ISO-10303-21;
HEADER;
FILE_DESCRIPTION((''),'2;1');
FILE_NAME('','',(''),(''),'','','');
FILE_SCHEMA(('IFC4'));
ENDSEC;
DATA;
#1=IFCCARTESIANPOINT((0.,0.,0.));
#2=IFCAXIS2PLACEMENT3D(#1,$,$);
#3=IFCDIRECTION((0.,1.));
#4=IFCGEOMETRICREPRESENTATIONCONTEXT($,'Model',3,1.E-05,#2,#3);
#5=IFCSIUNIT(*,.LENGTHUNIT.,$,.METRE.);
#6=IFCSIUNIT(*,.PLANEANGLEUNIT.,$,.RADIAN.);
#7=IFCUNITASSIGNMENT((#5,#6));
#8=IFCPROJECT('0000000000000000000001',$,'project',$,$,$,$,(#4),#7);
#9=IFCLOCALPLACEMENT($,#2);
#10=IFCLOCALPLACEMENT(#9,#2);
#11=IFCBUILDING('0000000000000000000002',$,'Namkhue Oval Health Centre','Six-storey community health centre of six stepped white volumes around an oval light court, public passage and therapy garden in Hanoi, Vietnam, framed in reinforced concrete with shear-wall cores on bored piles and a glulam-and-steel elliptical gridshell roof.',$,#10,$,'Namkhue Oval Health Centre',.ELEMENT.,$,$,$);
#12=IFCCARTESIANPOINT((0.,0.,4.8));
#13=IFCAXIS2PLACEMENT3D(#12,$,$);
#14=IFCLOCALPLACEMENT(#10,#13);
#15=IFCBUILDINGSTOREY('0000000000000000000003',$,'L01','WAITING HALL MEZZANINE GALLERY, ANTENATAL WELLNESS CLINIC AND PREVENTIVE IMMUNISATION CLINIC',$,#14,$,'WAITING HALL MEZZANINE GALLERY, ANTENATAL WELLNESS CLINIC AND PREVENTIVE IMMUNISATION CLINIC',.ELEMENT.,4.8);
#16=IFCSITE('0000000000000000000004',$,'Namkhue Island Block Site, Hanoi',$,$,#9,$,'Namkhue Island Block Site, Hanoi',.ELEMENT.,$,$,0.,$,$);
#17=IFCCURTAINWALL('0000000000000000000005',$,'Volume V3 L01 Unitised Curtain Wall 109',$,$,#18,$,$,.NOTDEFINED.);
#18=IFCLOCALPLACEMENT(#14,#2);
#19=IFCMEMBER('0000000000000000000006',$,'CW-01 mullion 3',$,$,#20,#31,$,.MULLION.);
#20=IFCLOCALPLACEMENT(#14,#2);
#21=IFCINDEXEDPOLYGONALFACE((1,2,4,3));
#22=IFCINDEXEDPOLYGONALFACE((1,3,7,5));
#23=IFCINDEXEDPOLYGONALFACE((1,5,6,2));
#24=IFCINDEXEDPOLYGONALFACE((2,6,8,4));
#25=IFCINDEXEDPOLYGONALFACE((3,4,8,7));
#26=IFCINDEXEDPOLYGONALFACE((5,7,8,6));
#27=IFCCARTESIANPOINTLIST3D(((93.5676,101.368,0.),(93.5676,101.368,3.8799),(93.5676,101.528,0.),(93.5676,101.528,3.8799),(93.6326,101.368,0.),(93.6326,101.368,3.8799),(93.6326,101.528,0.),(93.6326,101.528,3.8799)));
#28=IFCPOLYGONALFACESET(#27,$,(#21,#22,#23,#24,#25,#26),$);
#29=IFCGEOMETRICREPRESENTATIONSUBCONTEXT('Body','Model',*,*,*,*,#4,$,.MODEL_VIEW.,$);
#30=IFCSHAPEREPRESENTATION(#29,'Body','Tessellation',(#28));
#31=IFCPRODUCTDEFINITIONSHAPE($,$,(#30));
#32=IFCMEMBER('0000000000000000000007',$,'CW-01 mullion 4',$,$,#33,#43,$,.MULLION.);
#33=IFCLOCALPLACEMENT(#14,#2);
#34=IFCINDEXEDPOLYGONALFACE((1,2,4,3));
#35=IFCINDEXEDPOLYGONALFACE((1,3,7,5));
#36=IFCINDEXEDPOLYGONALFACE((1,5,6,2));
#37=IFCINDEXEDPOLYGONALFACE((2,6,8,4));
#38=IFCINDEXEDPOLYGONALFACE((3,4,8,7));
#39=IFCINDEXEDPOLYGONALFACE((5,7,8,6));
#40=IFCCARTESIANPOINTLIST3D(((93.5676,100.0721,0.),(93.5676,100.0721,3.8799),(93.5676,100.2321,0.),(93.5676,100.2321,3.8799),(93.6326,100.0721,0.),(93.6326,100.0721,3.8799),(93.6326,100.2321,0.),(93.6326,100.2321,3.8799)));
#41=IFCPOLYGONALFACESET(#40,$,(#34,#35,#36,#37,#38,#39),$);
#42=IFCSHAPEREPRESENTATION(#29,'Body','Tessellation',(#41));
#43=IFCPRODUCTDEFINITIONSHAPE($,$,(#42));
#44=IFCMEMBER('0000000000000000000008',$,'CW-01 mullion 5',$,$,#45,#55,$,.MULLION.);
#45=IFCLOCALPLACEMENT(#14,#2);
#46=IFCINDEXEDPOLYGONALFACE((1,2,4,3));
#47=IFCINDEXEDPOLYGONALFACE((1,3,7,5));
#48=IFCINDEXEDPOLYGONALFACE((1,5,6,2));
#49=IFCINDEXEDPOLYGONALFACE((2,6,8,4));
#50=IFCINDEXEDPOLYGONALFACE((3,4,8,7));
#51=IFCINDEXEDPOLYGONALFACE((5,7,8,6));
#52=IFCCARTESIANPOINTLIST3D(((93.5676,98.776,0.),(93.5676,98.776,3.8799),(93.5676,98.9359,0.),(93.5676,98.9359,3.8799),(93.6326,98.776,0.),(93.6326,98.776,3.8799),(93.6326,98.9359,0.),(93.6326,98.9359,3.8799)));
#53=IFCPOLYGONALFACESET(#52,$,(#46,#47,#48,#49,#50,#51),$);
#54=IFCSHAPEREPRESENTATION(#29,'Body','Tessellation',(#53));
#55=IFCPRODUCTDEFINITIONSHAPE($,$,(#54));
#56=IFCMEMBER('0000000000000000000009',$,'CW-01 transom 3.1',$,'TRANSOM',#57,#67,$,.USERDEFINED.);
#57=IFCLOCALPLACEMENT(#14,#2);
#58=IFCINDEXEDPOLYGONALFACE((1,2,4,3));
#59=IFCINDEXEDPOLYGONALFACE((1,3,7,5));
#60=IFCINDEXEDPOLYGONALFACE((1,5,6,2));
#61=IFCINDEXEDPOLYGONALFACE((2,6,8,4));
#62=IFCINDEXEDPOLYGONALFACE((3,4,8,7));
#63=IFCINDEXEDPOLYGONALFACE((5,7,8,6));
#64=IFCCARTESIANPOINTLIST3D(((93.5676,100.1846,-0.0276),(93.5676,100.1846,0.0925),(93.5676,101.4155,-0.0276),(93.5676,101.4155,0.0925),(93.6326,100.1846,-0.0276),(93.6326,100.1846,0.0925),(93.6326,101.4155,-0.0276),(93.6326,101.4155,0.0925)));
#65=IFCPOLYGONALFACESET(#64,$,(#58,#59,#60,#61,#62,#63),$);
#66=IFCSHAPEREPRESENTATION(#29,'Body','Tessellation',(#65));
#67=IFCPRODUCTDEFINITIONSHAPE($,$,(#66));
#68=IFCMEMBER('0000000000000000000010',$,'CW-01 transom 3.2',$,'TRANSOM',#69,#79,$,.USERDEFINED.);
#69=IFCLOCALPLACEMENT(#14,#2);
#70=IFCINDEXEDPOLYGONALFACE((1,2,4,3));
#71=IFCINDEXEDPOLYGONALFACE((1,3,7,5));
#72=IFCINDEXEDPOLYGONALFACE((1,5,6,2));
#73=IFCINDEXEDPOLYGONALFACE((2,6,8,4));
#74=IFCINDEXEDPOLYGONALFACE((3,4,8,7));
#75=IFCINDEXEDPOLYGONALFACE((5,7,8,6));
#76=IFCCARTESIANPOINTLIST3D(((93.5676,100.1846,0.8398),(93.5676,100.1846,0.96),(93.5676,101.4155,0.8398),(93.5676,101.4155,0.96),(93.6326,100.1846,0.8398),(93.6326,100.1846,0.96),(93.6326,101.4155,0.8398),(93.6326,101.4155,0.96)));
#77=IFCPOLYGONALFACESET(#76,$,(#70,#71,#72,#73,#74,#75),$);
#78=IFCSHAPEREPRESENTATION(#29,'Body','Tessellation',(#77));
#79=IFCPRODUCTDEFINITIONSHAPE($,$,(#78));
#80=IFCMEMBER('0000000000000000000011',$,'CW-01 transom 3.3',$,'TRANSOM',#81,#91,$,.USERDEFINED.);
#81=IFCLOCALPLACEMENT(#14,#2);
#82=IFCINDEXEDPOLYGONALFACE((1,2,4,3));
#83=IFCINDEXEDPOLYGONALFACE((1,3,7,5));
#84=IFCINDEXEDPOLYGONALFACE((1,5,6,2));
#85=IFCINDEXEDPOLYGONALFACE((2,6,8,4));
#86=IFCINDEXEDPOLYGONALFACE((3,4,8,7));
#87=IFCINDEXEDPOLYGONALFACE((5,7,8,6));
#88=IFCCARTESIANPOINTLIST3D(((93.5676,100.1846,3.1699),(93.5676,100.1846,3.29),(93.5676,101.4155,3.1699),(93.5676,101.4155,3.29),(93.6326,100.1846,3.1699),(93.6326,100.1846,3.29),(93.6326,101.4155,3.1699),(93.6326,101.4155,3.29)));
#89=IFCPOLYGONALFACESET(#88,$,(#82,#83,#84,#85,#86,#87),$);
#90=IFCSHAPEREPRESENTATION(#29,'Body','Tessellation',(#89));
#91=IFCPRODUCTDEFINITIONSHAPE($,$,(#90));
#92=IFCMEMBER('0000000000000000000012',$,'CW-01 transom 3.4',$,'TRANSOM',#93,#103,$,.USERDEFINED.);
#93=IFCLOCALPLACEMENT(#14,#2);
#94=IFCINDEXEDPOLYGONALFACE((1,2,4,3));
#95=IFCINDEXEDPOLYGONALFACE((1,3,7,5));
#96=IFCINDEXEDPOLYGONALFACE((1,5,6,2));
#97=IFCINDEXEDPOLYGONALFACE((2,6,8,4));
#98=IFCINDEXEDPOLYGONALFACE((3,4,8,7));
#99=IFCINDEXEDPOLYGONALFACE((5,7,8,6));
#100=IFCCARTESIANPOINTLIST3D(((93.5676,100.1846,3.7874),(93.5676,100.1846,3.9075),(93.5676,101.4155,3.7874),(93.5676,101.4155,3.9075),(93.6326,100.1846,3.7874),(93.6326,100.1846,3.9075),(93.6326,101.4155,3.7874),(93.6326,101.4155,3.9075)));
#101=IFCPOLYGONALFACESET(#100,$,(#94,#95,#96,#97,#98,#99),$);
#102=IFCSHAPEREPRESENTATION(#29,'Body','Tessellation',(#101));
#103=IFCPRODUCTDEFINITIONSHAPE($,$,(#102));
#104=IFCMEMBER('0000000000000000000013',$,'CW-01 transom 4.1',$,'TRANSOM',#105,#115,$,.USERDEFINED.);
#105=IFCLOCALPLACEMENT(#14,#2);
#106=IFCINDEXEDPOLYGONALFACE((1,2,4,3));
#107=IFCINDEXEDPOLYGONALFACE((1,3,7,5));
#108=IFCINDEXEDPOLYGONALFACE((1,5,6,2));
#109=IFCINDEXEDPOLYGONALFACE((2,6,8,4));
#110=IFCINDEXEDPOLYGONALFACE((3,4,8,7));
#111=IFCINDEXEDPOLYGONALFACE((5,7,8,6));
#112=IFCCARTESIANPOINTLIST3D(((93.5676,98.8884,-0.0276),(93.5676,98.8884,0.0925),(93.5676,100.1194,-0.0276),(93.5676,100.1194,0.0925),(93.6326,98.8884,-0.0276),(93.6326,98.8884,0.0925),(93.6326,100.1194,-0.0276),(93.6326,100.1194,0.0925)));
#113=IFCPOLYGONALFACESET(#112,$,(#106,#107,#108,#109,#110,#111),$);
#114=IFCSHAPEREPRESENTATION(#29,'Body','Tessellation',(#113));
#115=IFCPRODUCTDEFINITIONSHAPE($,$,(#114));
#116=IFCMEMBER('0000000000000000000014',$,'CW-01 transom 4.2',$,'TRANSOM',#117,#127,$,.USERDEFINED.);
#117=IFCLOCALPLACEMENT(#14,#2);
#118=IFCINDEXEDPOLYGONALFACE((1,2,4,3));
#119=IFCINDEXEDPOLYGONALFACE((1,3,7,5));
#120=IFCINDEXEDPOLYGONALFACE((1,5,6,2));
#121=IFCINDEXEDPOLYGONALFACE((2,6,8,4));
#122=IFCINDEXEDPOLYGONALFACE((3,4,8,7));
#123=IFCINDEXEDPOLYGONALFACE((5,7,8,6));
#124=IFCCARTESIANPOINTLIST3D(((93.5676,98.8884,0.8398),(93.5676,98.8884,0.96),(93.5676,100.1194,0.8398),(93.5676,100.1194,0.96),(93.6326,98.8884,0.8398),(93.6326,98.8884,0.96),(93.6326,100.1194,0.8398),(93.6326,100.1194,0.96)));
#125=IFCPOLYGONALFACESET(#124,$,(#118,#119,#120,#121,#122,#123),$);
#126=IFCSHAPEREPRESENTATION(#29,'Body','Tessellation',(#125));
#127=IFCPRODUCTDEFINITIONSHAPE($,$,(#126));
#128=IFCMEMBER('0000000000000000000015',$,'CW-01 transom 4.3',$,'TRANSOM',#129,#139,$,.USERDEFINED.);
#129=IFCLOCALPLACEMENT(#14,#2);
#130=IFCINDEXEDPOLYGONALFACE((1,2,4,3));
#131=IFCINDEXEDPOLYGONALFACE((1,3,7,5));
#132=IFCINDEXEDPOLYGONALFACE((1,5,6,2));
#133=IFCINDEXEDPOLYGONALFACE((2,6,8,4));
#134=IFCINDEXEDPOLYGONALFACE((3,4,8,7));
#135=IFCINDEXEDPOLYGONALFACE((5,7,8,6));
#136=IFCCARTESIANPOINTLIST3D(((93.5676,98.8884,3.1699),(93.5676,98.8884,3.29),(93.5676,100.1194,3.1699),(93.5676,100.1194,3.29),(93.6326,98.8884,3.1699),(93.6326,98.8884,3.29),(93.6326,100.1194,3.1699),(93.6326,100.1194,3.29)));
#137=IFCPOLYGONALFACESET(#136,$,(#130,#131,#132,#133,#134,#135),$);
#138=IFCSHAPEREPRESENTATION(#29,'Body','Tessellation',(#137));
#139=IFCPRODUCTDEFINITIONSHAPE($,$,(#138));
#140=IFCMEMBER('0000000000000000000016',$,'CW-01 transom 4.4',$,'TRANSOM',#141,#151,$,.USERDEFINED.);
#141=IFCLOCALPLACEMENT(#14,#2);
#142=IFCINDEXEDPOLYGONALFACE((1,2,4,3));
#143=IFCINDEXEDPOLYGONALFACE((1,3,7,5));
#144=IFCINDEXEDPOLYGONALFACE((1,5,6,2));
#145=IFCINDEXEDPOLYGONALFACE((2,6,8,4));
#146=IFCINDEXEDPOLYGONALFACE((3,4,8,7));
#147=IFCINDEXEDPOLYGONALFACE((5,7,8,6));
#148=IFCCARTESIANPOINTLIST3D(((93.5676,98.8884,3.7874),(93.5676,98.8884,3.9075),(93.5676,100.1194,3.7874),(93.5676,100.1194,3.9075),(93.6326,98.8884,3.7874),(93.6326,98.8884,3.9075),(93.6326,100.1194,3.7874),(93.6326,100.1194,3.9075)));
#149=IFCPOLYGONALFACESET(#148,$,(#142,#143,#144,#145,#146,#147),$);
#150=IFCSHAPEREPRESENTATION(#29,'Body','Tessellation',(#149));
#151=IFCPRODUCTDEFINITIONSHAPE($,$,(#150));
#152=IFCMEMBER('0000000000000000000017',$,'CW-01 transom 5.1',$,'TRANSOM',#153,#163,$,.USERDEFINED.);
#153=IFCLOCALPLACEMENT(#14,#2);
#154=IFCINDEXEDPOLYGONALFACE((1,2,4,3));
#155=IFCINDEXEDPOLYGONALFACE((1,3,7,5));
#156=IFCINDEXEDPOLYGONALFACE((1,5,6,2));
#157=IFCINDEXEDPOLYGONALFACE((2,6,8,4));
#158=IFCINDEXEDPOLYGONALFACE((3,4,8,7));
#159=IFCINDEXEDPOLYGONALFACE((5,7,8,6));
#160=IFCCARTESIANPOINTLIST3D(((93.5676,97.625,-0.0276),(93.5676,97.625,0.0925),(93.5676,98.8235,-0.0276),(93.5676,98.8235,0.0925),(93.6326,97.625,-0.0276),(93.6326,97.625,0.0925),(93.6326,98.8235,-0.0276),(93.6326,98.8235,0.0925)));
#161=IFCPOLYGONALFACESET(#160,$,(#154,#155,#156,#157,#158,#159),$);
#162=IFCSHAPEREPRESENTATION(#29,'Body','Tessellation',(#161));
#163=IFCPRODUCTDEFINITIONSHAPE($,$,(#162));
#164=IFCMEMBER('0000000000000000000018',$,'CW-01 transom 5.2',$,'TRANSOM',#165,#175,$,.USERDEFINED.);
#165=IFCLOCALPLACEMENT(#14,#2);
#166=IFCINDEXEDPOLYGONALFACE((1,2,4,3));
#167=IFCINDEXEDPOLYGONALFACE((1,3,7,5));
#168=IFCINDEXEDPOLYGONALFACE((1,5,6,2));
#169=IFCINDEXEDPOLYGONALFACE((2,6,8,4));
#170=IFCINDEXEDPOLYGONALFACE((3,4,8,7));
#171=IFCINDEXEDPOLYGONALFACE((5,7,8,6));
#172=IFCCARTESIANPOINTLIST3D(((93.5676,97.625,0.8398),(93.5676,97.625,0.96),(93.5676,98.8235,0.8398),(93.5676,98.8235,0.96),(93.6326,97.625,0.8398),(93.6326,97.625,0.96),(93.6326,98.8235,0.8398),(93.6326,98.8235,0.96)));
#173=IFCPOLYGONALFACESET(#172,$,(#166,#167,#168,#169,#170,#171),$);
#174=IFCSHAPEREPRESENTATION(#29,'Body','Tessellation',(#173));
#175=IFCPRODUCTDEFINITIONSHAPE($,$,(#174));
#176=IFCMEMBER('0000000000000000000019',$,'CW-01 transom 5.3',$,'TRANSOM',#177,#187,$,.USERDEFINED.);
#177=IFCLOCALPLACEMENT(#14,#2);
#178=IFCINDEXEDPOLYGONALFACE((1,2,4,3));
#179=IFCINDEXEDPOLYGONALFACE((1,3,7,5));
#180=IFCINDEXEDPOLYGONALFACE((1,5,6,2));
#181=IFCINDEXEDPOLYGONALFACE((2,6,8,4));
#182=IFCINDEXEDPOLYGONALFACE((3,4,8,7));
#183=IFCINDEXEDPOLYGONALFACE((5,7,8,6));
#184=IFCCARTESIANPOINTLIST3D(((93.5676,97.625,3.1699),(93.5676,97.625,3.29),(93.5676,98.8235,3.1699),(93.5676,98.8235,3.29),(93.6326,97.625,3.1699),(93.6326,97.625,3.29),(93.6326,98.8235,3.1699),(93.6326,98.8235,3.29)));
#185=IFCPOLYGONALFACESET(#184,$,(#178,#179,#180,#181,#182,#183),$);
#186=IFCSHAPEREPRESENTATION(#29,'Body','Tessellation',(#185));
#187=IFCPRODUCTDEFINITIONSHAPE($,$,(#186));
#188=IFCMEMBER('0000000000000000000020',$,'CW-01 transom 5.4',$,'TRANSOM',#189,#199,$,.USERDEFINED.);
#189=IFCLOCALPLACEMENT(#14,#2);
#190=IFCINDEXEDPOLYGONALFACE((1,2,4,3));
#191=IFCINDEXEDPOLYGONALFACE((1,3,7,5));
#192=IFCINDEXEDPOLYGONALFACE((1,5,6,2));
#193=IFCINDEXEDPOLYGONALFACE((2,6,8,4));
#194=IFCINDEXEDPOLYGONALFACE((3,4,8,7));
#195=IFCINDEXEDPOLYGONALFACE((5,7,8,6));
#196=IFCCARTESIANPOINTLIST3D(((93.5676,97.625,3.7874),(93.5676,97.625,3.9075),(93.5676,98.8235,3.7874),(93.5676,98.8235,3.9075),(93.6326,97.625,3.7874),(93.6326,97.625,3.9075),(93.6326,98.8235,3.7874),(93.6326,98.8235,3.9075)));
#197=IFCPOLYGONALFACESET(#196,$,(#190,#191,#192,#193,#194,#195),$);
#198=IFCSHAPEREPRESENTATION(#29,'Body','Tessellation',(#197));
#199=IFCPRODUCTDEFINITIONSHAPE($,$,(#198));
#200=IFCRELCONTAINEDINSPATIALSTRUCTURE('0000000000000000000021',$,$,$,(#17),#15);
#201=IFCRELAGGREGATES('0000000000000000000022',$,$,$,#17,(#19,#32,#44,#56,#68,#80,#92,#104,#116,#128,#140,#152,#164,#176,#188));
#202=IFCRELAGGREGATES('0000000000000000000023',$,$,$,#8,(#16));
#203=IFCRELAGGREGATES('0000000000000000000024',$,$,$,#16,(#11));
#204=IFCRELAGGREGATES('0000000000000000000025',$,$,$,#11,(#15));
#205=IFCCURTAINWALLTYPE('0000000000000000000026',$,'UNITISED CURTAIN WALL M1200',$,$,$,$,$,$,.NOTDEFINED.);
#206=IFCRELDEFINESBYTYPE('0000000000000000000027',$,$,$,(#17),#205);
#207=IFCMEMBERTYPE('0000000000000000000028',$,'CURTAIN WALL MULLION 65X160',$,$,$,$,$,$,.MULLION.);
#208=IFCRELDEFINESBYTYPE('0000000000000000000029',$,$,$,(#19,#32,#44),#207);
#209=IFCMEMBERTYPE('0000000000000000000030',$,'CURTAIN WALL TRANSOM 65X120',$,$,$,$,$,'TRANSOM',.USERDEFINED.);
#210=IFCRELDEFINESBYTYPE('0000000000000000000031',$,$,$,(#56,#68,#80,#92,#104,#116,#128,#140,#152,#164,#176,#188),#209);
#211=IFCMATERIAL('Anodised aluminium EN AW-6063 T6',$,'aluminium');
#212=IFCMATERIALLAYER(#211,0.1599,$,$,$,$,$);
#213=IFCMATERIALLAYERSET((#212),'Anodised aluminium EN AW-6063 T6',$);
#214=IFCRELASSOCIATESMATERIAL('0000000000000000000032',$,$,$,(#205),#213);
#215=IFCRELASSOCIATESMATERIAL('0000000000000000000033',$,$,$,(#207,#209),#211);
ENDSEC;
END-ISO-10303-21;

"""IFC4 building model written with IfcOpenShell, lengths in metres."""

from ifc_helpers import new_model, si_unit, direction, frame, origin, origin_2d, place, context, subcontext, project, spatial, rectangle, extrude, material, layer, layer_set, material_profile, profile_set, type_object, element, aggregate, save


model = new_model("IFC4")

# Units and contexts
model_context = context("Model", 3, precision=1e-05, world=origin(), true_north=direction((0.0, 1.0)))
body_context = subcontext(model_context, "Body", "Model", "MODEL_VIEW")
ifc_project = project(units=[si_unit("LENGTHUNIT", "METRE"), si_unit("PLANEANGLEUNIT", "RADIAN")], contexts=[model_context])

# Site, building, storey
site_placement = place(None, origin())
site = spatial("IfcSite", under=ifc_project, at=site_placement, Name="Namkhue Island Block Site, Hanoi", LongName="Namkhue Island Block Site, Hanoi", CompositionType="ELEMENT", RefElevation=0.0)
building_placement = place(site_placement, origin())
building = spatial("IfcBuilding", under=site, at=building_placement, Name="Namkhue Oval Health Centre", Description="Six-storey community health centre of six stepped white volumes around an oval light court, public passage and therapy garden in Hanoi, Vietnam, framed in reinforced concrete with shear-wall cores on bored piles and a glulam-and-steel elliptical gridshell roof.", LongName="Namkhue Oval Health Centre", CompositionType="ELEMENT")
storey_placement = place(building_placement, frame((0.0, 0.0, 4.8)))
storey = spatial("IfcBuildingStorey", under=building, at=storey_placement, Name="L01", Description="WAITING HALL MEZZANINE GALLERY, ANTENATAL WELLNESS CLINIC AND PREVENTIVE IMMUNISATION CLINIC", LongName="WAITING HALL MEZZANINE GALLERY, ANTENATAL WELLNESS CLINIC AND PREVENTIVE IMMUNISATION CLINIC", CompositionType="ELEMENT", Elevation=4.8)

# Curtain wall, members
ifc_material_1 = material(Name="Anodised aluminium EN AW-6063 T6", Category="aluminium")
ifc_layer_1 = layer(ifc_material_1, 0.1599)
ifc_layer_set_1 = layer_set([ifc_layer_1], Name="Anodised aluminium EN AW-6063 T6")
curtain_wall_type = type_object("IfcCurtainWallType", Name="UNITISED CURTAIN WALL M1200", PredefinedType="NOTDEFINED", material=ifc_layer_set_1)
curtain_wall_placement = place(storey_placement, origin())
curtain_wall = element("IfcCurtainWall", 1, at=curtain_wall_placement, inside=storey, type_object=curtain_wall_type, Name="Volume V3 L01 Unitised Curtain Wall 109", PredefinedType="NOTDEFINED")
ifc_material_profile_1 = material_profile(ifc_material_1, rectangle(XDim=0.0649, YDim=0.1599, at=origin_2d()), Name="ALU 65x160")
ifc_profile_set_1 = profile_set([ifc_material_profile_1], Name="Anodised aluminium EN AW-6063 T6")
member_type_1 = type_object("IfcMemberType", Name="CURTAIN WALL MULLION 65X160", PredefinedType="MULLION", material=ifc_profile_set_1)
member_1_placement = place(storey_placement, frame((93.6001, 101.448, 0.0), z_axis=(0.0, 0.0, 1.0), x_axis=(1.0, 0.0, 0.0)))
member_1 = element("IfcMember", 2, at=member_1_placement, type_object=member_type_1, Name="CW-01 mullion 3", PredefinedType="MULLION", context=body_context, shape_type="SweptSolid", body=[
    extrude(rectangle(XDim=0.0649, YDim=0.1599, at=origin_2d()), origin(), (0.0, 0.0, 1.0), 3.8799),
])
member_2_placement = place(storey_placement, frame((93.6001, 100.1521, 0.0), z_axis=(0.0, 0.0, 1.0), x_axis=(1.0, 0.0, 0.0)))
member_2 = element("IfcMember", 3, at=member_2_placement, type_object=member_type_1, Name="CW-01 mullion 4", PredefinedType="MULLION", context=body_context, shape_type="SweptSolid", body=[
    extrude(rectangle(XDim=0.0649, YDim=0.1599, at=origin_2d()), origin(), (0.0, 0.0, 1.0), 3.8799),
])
member_3_placement = place(storey_placement, frame((93.6001, 98.856, 0.0), z_axis=(0.0, 0.0, 1.0), x_axis=(1.0, 0.0, 0.0)))
member_3 = element("IfcMember", 4, at=member_3_placement, type_object=member_type_1, Name="CW-01 mullion 5", PredefinedType="MULLION", context=body_context, shape_type="SweptSolid", body=[
    extrude(rectangle(XDim=0.0649, YDim=0.1599, at=origin_2d()), origin(), (0.0, 0.0, 1.0), 3.8799),
])
ifc_material_profile_2 = material_profile(ifc_material_1, rectangle(XDim=0.0649, YDim=0.1201, at=origin_2d()), Name="ALU 65x120")
ifc_profile_set_2 = profile_set([ifc_material_profile_2], Name="Anodised aluminium EN AW-6063 T6")
member_type_2 = type_object("IfcMemberType", Name="CURTAIN WALL TRANSOM 65X120", ElementType="TRANSOM", PredefinedType="USERDEFINED", material=ifc_profile_set_2)
member_4_placement = place(storey_placement, frame((93.6001, 101.4155, 0.0325), z_axis=(0.0, -1.0, 0.0), x_axis=(1.0, 0.0, 0.0)))
member_4 = element("IfcMember", 5, at=member_4_placement, type_object=member_type_2, Name="CW-01 transom 3.1", ObjectType="TRANSOM", PredefinedType="USERDEFINED", context=body_context, shape_type="SweptSolid", body=[
    extrude(rectangle(XDim=0.0649, YDim=0.1201, at=origin_2d()), origin(), (0.0, 0.0, 1.0), 1.231),
])
member_5_placement = place(storey_placement, frame((93.6001, 101.4155, 0.8999), z_axis=(0.0, -1.0, 0.0), x_axis=(1.0, 0.0, 0.0)))
member_5 = element("IfcMember", 6, at=member_5_placement, type_object=member_type_2, Name="CW-01 transom 3.2", ObjectType="TRANSOM", PredefinedType="USERDEFINED", context=body_context, shape_type="SweptSolid", body=[
    extrude(rectangle(XDim=0.0649, YDim=0.1201, at=origin_2d()), origin(), (0.0, 0.0, 1.0), 1.231),
])
member_6_placement = place(storey_placement, frame((93.6001, 101.4155, 3.23), z_axis=(0.0, -1.0, 0.0), x_axis=(1.0, 0.0, 0.0)))
member_6 = element("IfcMember", 7, at=member_6_placement, type_object=member_type_2, Name="CW-01 transom 3.3", ObjectType="TRANSOM", PredefinedType="USERDEFINED", context=body_context, shape_type="SweptSolid", body=[
    extrude(rectangle(XDim=0.0649, YDim=0.1201, at=origin_2d()), origin(), (0.0, 0.0, 1.0), 1.231),
])
member_7_placement = place(storey_placement, frame((93.6001, 101.4155, 3.8474), z_axis=(0.0, -1.0, 0.0), x_axis=(1.0, 0.0, 0.0)))
member_7 = element("IfcMember", 8, at=member_7_placement, type_object=member_type_2, Name="CW-01 transom 3.4", ObjectType="TRANSOM", PredefinedType="USERDEFINED", context=body_context, shape_type="SweptSolid", body=[
    extrude(rectangle(XDim=0.0649, YDim=0.1201, at=origin_2d()), origin(), (0.0, 0.0, 1.0), 1.231),
])
member_8_placement = place(storey_placement, frame((93.6001, 100.1194, 0.0325), z_axis=(0.0, -1.0, 0.0), x_axis=(1.0, 0.0, 0.0)))
member_8 = element("IfcMember", 9, at=member_8_placement, type_object=member_type_2, Name="CW-01 transom 4.1", ObjectType="TRANSOM", PredefinedType="USERDEFINED", context=body_context, shape_type="SweptSolid", body=[
    extrude(rectangle(XDim=0.0649, YDim=0.1201, at=origin_2d()), origin(), (0.0, 0.0, 1.0), 1.231),
])
member_9_placement = place(storey_placement, frame((93.6001, 100.1194, 0.8999), z_axis=(0.0, -1.0, 0.0), x_axis=(1.0, 0.0, 0.0)))
member_9 = element("IfcMember", 10, at=member_9_placement, type_object=member_type_2, Name="CW-01 transom 4.2", ObjectType="TRANSOM", PredefinedType="USERDEFINED", context=body_context, shape_type="SweptSolid", body=[
    extrude(rectangle(XDim=0.0649, YDim=0.1201, at=origin_2d()), origin(), (0.0, 0.0, 1.0), 1.231),
])
member_10_placement = place(storey_placement, frame((93.6001, 100.1194, 3.23), z_axis=(0.0, -1.0, 0.0), x_axis=(1.0, 0.0, 0.0)))
member_10 = element("IfcMember", 11, at=member_10_placement, type_object=member_type_2, Name="CW-01 transom 4.3", ObjectType="TRANSOM", PredefinedType="USERDEFINED", context=body_context, shape_type="SweptSolid", body=[
    extrude(rectangle(XDim=0.0649, YDim=0.1201, at=origin_2d()), origin(), (0.0, 0.0, 1.0), 1.231),
])
member_11_placement = place(storey_placement, frame((93.6001, 100.1194, 3.8474), z_axis=(0.0, -1.0, 0.0), x_axis=(1.0, 0.0, 0.0)))
member_11 = element("IfcMember", 12, at=member_11_placement, type_object=member_type_2, Name="CW-01 transom 4.4", ObjectType="TRANSOM", PredefinedType="USERDEFINED", context=body_context, shape_type="SweptSolid", body=[
    extrude(rectangle(XDim=0.0649, YDim=0.1201, at=origin_2d()), origin(), (0.0, 0.0, 1.0), 1.231),
])
member_12_placement = place(storey_placement, frame((93.6001, 98.8235, 0.0325), z_axis=(0.0, -1.0, 0.0), x_axis=(1.0, 0.0, 0.0)))
member_12 = element("IfcMember", 13, at=member_12_placement, type_object=member_type_2, Name="CW-01 transom 5.1", ObjectType="TRANSOM", PredefinedType="USERDEFINED", context=body_context, shape_type="SweptSolid", body=[
    extrude(rectangle(XDim=0.0649, YDim=0.1201, at=origin_2d()), origin(), (0.0, 0.0, 1.0), 1.1985),
])
member_13_placement = place(storey_placement, frame((93.6001, 98.8235, 0.8999), z_axis=(0.0, -1.0, 0.0), x_axis=(1.0, 0.0, 0.0)))
member_13 = element("IfcMember", 14, at=member_13_placement, type_object=member_type_2, Name="CW-01 transom 5.2", ObjectType="TRANSOM", PredefinedType="USERDEFINED", context=body_context, shape_type="SweptSolid", body=[
    extrude(rectangle(XDim=0.0649, YDim=0.1201, at=origin_2d()), origin(), (0.0, 0.0, 1.0), 1.1985),
])
member_14_placement = place(storey_placement, frame((93.6001, 98.8235, 3.23), z_axis=(0.0, -1.0, 0.0), x_axis=(1.0, 0.0, 0.0)))
member_14 = element("IfcMember", 15, at=member_14_placement, type_object=member_type_2, Name="CW-01 transom 5.3", ObjectType="TRANSOM", PredefinedType="USERDEFINED", context=body_context, shape_type="SweptSolid", body=[
    extrude(rectangle(XDim=0.0649, YDim=0.1201, at=origin_2d()), origin(), (0.0, 0.0, 1.0), 1.1985),
])
member_15_placement = place(storey_placement, frame((93.6001, 98.8235, 3.8474), z_axis=(0.0, -1.0, 0.0), x_axis=(1.0, 0.0, 0.0)))
member_15 = element("IfcMember", 16, at=member_15_placement, type_object=member_type_2, Name="CW-01 transom 5.4", ObjectType="TRANSOM", PredefinedType="USERDEFINED", context=body_context, shape_type="SweptSolid", body=[
    extrude(rectangle(XDim=0.0649, YDim=0.1201, at=origin_2d()), origin(), (0.0, 0.0, 1.0), 1.1985),
])

aggregate(curtain_wall, [member_1, member_2, member_3, member_4, member_5, member_6, member_7, member_8, member_9, member_10, member_11, member_12, member_13, member_14, member_15])

save(model, "model.ifc")
